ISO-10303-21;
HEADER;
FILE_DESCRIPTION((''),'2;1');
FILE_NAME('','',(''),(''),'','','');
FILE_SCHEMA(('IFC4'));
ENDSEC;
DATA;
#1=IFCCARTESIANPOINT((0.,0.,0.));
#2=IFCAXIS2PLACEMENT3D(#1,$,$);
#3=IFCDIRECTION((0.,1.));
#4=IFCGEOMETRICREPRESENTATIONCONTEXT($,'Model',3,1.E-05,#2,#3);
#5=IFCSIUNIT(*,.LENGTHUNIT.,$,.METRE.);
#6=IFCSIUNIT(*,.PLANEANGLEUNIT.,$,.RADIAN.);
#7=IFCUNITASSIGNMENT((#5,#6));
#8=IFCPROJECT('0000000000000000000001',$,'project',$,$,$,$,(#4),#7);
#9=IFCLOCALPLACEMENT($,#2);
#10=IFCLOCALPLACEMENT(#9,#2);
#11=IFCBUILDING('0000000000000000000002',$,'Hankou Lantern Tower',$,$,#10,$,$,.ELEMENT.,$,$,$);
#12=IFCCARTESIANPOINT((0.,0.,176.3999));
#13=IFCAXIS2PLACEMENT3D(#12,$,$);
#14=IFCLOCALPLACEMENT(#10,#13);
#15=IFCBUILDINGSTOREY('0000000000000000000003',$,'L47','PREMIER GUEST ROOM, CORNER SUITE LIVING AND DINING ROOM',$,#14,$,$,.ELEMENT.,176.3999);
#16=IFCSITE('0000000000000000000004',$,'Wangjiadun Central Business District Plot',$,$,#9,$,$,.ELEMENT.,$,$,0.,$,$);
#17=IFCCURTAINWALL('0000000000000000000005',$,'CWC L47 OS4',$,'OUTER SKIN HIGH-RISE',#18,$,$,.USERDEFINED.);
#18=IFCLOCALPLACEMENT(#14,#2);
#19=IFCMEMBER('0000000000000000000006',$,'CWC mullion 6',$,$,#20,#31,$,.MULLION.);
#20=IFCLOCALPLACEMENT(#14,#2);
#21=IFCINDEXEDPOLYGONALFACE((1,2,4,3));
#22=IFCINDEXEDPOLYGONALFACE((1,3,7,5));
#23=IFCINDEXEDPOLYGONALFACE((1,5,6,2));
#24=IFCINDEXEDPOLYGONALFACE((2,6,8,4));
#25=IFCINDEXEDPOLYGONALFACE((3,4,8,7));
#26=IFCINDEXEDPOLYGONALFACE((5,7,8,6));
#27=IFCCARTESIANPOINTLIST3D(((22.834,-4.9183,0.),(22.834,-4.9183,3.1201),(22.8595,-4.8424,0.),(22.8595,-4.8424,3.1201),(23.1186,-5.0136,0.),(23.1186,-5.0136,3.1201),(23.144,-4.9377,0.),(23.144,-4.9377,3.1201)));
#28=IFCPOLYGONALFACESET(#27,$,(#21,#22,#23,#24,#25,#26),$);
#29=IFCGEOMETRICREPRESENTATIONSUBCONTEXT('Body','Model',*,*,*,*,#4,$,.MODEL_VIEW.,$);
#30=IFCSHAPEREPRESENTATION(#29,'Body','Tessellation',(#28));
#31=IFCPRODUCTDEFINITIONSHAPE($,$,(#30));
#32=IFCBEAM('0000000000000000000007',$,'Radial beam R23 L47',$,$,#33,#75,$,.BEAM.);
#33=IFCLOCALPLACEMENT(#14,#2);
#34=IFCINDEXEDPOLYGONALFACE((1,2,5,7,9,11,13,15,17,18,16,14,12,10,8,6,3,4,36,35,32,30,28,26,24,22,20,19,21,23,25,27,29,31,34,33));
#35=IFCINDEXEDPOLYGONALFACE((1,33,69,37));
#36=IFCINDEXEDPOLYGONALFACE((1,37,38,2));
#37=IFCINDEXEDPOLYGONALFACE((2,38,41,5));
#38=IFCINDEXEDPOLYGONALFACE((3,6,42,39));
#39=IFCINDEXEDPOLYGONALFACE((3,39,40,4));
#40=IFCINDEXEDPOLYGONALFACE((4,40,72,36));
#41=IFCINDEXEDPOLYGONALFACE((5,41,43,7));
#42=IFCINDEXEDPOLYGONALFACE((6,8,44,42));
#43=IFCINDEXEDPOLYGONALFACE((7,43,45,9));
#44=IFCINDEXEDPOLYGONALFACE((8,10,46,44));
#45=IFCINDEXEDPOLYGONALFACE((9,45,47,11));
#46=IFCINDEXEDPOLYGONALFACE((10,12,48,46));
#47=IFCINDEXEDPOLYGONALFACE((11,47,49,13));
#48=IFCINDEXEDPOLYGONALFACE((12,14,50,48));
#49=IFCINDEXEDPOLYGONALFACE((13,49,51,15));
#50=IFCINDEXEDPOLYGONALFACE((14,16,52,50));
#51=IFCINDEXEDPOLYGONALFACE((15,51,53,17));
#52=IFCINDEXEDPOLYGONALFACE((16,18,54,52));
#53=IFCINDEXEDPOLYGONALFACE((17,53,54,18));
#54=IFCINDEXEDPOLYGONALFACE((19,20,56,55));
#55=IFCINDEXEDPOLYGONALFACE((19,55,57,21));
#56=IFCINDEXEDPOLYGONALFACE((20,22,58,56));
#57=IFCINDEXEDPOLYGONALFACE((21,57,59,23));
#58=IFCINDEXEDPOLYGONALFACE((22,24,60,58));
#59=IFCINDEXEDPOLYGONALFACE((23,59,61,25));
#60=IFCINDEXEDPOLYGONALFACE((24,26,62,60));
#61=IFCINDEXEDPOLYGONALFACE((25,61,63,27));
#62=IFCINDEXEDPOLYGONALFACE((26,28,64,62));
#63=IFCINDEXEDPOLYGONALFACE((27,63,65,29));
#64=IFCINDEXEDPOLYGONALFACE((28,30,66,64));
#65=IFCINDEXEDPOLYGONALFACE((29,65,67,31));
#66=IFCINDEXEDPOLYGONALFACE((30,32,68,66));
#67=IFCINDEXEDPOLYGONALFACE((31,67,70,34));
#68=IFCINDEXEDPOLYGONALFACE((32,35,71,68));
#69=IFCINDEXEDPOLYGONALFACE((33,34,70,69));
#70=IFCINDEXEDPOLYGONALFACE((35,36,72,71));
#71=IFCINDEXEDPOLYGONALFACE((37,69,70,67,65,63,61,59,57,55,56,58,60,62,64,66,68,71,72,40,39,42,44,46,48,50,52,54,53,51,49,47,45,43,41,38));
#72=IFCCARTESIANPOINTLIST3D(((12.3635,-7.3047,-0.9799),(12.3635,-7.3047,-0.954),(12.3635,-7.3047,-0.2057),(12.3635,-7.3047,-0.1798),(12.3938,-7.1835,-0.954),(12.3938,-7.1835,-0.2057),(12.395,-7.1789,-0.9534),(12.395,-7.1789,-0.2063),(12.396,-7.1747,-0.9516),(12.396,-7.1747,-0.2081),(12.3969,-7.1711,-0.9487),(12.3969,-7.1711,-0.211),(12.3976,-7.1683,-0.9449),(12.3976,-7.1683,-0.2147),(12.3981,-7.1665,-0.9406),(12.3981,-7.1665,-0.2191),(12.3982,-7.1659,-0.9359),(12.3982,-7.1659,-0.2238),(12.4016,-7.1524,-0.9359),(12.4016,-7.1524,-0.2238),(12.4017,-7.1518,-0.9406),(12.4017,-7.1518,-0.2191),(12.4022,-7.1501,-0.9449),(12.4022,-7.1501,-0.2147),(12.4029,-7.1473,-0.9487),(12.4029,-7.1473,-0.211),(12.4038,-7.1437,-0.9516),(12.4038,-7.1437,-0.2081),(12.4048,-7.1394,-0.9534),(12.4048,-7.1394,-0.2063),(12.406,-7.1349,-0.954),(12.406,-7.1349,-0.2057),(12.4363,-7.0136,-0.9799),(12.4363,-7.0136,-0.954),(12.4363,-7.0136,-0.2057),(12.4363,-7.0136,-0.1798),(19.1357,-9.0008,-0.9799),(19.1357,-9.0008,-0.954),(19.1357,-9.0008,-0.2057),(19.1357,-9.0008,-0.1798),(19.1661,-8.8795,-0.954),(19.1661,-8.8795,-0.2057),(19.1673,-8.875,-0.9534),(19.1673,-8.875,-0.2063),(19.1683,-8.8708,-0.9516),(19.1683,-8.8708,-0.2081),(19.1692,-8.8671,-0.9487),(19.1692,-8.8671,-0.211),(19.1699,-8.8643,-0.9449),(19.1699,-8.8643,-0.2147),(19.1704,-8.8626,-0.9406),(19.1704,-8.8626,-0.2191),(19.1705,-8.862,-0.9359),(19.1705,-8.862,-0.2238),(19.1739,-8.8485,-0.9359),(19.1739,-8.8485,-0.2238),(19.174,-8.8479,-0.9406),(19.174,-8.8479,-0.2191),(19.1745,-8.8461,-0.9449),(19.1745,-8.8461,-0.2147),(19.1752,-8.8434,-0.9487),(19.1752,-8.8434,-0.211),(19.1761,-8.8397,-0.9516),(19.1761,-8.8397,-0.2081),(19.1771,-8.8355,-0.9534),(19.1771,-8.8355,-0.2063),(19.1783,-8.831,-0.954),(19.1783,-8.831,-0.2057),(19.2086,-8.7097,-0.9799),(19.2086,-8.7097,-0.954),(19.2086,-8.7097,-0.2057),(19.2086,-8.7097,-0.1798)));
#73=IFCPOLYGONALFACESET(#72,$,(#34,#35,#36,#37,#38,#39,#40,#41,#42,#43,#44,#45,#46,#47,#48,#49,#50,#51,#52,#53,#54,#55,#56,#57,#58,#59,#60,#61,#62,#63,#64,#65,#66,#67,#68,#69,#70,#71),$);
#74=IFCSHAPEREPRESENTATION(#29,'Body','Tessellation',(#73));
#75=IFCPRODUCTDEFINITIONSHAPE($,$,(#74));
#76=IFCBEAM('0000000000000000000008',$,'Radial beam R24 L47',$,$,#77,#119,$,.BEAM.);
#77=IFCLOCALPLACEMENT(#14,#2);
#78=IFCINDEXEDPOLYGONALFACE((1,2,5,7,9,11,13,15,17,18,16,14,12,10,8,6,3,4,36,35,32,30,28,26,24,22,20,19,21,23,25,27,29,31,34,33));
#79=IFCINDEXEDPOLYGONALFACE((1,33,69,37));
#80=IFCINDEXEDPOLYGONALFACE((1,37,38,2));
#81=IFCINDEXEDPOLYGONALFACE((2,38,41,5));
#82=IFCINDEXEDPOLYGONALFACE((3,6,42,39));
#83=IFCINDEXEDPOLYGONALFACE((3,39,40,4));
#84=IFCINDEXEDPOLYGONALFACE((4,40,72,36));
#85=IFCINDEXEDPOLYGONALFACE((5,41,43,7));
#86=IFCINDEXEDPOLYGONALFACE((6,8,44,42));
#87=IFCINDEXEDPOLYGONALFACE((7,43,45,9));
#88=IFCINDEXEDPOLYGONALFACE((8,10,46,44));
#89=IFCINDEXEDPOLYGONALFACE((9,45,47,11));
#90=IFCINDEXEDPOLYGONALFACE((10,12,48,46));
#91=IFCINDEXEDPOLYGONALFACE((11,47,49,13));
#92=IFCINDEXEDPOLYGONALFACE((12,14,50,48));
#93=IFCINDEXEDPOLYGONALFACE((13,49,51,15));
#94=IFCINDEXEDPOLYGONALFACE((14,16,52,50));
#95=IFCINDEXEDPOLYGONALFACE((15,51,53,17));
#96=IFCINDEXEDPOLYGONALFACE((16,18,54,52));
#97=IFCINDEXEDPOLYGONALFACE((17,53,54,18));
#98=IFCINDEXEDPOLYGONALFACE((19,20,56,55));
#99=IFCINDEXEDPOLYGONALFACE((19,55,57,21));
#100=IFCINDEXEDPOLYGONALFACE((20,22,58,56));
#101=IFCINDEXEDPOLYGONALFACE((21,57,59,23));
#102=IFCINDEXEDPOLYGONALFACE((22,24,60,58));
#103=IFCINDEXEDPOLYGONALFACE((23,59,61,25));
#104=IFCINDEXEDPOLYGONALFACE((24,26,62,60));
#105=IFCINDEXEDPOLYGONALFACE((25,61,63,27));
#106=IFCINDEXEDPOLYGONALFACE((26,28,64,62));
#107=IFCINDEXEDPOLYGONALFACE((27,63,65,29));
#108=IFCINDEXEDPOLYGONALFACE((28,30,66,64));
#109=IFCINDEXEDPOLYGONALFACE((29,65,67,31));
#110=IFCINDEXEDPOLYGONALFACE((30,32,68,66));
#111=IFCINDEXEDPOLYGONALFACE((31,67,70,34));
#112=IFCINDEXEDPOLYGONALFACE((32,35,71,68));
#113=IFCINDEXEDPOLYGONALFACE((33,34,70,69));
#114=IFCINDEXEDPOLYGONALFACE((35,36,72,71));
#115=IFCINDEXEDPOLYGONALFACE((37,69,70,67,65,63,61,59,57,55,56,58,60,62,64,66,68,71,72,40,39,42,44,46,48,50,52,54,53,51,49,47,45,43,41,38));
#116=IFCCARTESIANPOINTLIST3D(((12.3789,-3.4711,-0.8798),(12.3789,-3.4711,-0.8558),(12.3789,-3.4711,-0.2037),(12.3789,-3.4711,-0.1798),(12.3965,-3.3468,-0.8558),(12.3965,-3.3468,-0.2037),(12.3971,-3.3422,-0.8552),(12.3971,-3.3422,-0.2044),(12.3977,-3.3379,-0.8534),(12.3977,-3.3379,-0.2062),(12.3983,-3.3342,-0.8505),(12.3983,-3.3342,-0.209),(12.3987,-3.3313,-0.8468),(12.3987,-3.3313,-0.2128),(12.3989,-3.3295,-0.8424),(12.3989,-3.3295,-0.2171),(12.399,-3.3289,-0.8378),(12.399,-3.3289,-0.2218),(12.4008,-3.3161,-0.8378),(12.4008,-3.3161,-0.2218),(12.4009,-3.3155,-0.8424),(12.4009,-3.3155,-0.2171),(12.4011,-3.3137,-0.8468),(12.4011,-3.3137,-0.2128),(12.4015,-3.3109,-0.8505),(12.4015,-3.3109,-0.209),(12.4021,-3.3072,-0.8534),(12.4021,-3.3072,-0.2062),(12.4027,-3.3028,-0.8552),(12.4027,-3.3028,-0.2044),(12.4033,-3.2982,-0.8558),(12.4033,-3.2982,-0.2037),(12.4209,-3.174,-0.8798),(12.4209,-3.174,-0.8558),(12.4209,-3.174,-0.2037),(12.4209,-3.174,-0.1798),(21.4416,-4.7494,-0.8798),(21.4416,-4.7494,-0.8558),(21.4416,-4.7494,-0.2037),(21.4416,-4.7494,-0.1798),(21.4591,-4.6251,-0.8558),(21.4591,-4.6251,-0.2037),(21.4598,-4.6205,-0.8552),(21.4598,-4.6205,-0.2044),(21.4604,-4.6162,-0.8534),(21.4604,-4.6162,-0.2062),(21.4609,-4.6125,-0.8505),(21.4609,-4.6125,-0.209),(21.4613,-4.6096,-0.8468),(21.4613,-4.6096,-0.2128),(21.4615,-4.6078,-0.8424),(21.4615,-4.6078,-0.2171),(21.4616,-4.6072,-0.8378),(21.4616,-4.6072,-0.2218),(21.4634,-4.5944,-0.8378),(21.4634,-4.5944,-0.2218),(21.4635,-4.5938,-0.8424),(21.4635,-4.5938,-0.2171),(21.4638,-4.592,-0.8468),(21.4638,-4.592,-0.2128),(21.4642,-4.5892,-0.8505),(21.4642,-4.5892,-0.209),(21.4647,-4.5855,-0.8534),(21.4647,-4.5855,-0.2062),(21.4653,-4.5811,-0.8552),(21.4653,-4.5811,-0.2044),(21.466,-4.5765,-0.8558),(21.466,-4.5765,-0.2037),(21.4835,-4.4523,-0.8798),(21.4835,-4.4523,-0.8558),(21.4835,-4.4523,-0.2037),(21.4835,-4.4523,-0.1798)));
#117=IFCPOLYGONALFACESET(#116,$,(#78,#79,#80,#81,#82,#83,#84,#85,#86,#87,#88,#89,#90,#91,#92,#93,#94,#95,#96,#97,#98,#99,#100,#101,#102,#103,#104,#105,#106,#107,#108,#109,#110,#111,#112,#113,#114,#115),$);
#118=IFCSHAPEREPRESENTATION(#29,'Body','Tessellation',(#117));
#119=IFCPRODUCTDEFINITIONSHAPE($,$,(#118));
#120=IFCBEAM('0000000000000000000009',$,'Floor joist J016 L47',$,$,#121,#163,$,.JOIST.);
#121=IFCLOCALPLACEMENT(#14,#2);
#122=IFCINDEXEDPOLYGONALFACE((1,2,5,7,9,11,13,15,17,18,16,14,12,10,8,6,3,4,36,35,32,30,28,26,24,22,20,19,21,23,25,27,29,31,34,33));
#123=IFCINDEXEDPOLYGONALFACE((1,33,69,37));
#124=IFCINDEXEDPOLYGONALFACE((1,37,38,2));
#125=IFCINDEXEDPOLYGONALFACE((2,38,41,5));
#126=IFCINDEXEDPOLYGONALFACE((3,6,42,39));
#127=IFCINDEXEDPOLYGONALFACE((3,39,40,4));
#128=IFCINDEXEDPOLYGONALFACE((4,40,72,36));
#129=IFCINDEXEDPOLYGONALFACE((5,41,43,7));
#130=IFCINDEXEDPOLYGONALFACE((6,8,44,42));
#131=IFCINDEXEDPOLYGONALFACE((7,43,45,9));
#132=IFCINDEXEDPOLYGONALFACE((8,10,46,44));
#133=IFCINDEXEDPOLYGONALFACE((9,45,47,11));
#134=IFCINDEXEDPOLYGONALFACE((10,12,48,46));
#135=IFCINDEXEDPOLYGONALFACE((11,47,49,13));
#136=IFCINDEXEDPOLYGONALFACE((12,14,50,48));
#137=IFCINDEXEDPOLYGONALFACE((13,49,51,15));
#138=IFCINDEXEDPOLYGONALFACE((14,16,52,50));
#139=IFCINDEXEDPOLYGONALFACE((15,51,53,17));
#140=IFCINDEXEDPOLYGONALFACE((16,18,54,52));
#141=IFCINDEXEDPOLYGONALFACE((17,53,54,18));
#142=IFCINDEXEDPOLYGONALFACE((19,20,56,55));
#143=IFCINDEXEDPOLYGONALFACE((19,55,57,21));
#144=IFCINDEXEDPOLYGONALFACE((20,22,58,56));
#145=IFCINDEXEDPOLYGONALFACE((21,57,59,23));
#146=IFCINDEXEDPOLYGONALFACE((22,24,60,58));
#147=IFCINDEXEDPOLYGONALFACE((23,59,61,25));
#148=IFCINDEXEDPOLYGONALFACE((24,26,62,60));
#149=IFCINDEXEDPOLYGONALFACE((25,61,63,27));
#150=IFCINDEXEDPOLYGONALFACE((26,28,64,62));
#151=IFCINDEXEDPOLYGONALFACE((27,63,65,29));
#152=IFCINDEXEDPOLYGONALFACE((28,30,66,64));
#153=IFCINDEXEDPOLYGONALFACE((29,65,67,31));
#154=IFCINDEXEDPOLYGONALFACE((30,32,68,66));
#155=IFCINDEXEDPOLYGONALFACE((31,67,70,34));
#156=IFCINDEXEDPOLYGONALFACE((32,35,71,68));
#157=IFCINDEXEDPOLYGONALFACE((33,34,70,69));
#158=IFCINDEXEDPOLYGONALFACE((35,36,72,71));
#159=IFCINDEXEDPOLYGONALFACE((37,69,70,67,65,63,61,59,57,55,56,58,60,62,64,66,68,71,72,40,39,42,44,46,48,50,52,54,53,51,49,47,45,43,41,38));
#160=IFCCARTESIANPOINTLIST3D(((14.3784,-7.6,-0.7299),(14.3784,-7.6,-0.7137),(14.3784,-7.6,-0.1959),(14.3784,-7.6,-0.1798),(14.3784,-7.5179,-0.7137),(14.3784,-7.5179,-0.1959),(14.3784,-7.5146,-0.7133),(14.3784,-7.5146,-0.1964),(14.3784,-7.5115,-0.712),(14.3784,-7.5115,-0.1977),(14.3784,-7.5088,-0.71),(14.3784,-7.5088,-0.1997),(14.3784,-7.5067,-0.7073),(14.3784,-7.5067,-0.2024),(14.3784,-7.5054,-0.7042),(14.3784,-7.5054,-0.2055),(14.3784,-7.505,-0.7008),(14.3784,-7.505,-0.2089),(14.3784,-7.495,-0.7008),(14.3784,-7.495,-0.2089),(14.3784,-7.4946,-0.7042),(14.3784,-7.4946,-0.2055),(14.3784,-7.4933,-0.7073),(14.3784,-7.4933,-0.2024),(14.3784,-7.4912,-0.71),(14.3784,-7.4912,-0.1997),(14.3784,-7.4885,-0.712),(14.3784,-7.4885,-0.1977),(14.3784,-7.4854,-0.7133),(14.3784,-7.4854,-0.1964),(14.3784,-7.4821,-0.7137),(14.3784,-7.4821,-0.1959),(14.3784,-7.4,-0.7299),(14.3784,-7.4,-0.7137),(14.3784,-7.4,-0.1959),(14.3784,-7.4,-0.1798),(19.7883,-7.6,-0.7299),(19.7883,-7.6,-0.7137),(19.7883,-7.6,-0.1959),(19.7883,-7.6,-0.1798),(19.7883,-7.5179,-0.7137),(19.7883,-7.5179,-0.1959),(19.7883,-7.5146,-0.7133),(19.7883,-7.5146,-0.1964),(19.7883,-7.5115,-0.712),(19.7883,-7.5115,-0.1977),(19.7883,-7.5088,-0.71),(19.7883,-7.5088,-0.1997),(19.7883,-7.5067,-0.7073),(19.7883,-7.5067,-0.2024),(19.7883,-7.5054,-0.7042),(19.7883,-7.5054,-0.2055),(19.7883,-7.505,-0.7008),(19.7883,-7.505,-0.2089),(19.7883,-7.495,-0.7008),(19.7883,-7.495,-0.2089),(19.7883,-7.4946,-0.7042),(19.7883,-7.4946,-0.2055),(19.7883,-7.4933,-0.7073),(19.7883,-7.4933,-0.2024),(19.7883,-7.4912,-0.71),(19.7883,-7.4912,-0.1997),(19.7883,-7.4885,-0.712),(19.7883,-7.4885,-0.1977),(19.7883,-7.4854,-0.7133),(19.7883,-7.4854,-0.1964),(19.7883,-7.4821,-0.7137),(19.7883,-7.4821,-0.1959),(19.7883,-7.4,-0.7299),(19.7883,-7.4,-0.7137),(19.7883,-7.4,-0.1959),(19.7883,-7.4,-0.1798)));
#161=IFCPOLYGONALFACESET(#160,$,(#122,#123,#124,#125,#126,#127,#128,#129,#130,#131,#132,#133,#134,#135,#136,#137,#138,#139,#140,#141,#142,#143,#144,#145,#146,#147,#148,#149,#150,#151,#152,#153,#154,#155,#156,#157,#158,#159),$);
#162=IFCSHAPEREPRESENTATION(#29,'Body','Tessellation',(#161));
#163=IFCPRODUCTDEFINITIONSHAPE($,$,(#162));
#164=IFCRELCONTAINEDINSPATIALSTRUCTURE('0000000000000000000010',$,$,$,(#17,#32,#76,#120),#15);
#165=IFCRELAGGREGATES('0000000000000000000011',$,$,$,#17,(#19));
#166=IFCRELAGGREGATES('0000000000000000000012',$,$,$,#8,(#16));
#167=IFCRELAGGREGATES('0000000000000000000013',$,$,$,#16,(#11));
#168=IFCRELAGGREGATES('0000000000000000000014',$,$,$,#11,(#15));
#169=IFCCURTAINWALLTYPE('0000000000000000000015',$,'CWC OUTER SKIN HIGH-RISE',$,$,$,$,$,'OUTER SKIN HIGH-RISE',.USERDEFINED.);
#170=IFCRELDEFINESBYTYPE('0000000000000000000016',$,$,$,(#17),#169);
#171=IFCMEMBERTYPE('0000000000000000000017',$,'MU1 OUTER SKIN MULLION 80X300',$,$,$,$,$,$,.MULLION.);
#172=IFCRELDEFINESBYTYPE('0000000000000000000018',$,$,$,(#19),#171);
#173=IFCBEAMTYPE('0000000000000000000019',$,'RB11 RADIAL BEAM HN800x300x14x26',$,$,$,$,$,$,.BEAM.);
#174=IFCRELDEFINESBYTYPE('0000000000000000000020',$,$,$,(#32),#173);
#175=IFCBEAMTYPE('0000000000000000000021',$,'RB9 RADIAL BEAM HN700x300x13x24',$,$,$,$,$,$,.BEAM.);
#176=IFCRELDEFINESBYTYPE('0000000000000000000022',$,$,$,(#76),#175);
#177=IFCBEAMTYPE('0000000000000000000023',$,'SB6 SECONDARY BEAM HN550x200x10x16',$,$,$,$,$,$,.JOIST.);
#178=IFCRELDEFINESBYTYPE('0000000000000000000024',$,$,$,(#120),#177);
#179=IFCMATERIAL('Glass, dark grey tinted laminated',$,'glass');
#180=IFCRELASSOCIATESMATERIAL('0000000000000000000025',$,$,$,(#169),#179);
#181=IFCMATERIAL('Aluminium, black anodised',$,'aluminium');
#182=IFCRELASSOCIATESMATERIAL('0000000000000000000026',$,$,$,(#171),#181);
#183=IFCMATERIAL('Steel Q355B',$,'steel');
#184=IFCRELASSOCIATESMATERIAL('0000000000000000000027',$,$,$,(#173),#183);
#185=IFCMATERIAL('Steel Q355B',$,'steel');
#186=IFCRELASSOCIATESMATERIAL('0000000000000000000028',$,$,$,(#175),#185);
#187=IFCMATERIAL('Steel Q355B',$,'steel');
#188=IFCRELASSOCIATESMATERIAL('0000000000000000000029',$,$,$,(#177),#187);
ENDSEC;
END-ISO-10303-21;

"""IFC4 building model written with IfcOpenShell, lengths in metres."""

from ifc_helpers import new_model, si_unit, direction, frame, origin, origin_2d, place, context, subcontext, project, spatial, rectangle, i_section, extrude, material, material_profile, profile_set, type_object, element, aggregate, save


model = new_model("IFC4")

# Units and contexts
model_context = context("Model", 3, precision=1e-05, world=origin(), true_north=direction((0.0, 1.0)))
body_context = subcontext(model_context, "Body", "Model", "MODEL_VIEW")
ifc_project = project(units=[si_unit("LENGTHUNIT", "METRE"), si_unit("PLANEANGLEUNIT", "RADIAN")], contexts=[model_context])

# Site, building, storey
site_placement = place(None, origin())
site = spatial("IfcSite", under=ifc_project, at=site_placement, Name="Wangjiadun Central Business District Plot", CompositionType="ELEMENT", RefElevation=0.0)
building_placement = place(site_placement, origin())
building = spatial("IfcBuilding", under=site, at=building_placement, Name="Hankou Lantern Tower", CompositionType="ELEMENT")
storey_placement = place(building_placement, frame((0.0, 0.0, 176.3999)))
storey = spatial("IfcBuildingStorey", under=building, at=storey_placement, Name="L47", Description="PREMIER GUEST ROOM, CORNER SUITE LIVING AND DINING ROOM", CompositionType="ELEMENT", Elevation=176.3999)

# Curtain wall, member
ifc_material_1 = material(Name="Glass, dark grey tinted laminated", Category="glass")
curtain_wall_type = type_object("IfcCurtainWallType", Name="CWC OUTER SKIN HIGH-RISE", ElementType="OUTER SKIN HIGH-RISE", PredefinedType="USERDEFINED", material=ifc_material_1)
curtain_wall_placement = place(storey_placement, origin())
curtain_wall = element("IfcCurtainWall", 1, at=curtain_wall_placement, inside=storey, type_object=curtain_wall_type, Name="CWC L47 OS4", ObjectType="OUTER SKIN HIGH-RISE", PredefinedType="USERDEFINED")
ifc_material_2 = material(Name="Aluminium, black anodised", Category="aluminium")
ifc_material_profile_1 = material_profile(ifc_material_2, rectangle(XDim=0.0801, YDim=0.3, at=origin_2d()), Name="MU1 80X300")
ifc_profile_set_1 = profile_set([ifc_material_profile_1], Name="Aluminium, black anodised")
member_type_1 = type_object("IfcMemberType", Name="MU1 OUTER SKIN MULLION 80X300", PredefinedType="MULLION", material=ifc_profile_set_1)
member_1_placement = place(storey_placement, frame((22.989, -4.928, 0.0), z_axis=(0.0, 0.0, 1.0), x_axis=(0.317596, 0.948226, 0.0)))
member_1 = element("IfcMember", 2, at=member_1_placement, type_object=member_type_1, Name="CWC mullion 6", PredefinedType="MULLION", context=body_context, shape_type="SweptSolid", body=[
    extrude(rectangle(XDim=0.0801, YDim=0.3, at=origin_2d()), origin(), (0.0, 0.0, 1.0), 3.1201),
])

# Beams
ifc_material_3 = material(Name="Steel Q355B", Category="steel")
ifc_material_profile_2 = material_profile(ifc_material_3, i_section(OverallWidth=0.3, OverallDepth=0.8, WebThickness=0.0139, FlangeThickness=0.0259, FilletRadius=0.0181, at=origin_2d()), Name="HN800x300x14x26")
ifc_profile_set_2 = profile_set([ifc_material_profile_2], Name="Steel Q355B")
beam_type_1 = type_object("IfcBeamType", Name="RB11 RADIAL BEAM HN800x300x14x26", PredefinedType="BEAM", material=ifc_profile_set_2)
beam_1_placement = place(storey_placement, frame((12.3999, -7.1592, -0.5798), z_axis=(0.970042, -0.242939, 0.0), x_axis=(0.242939, 0.970042, 0.0)))
element("IfcBeam", 3, at=beam_1_placement, inside=storey, type_object=beam_type_1, Name="Radial beam R23 L47", PredefinedType="BEAM", context=body_context, shape_type="SweptSolid", body=[
    extrude(i_section(OverallWidth=0.3, OverallDepth=0.8, WebThickness=0.0139, FlangeThickness=0.0259, FilletRadius=0.0181, at=origin_2d()), origin(), (0.0, 0.0, 1.0), 6.9814),
])
ifc_material_4 = material(Name="Steel Q355B", Category="steel")
ifc_material_profile_3 = material_profile(ifc_material_4, i_section(OverallWidth=0.3, OverallDepth=0.7, WebThickness=0.0129, FlangeThickness=0.0239, FilletRadius=0.0181, at=origin_2d()), Name="HN700x300x13x24")
ifc_profile_set_3 = profile_set([ifc_material_profile_3], Name="Steel Q355B")
beam_type_2 = type_object("IfcBeamType", Name="RB9 RADIAL BEAM HN700x300x13x24", PredefinedType="BEAM", material=ifc_profile_set_3)
beam_2_placement = place(storey_placement, frame((12.3999, -3.3225, -0.5298), z_axis=(0.990198, -0.13967, 0.0), x_axis=(0.13967, 0.990198, 0.0)))
element("IfcBeam", 4, at=beam_2_placement, inside=storey, type_object=beam_type_2, Name="Radial beam R24 L47", PredefinedType="BEAM", context=body_context, shape_type="SweptSolid", body=[
    extrude(i_section(OverallWidth=0.3, OverallDepth=0.7, WebThickness=0.0129, FlangeThickness=0.0239, FilletRadius=0.0181, at=origin_2d()), origin(), (0.0, 0.0, 1.0), 9.1523),
])
ifc_material_5 = material(Name="Steel Q355B", Category="steel")
ifc_material_profile_4 = material_profile(ifc_material_5, i_section(OverallWidth=0.2, OverallDepth=0.55, WebThickness=0.01, FlangeThickness=0.0161, FilletRadius=0.0129, at=origin_2d()), Name="HN550x200x10x16")
ifc_profile_set_4 = profile_set([ifc_material_profile_4], Name="Steel Q355B")
beam_type_3 = type_object("IfcBeamType", Name="SB6 SECONDARY BEAM HN550x200x10x16", PredefinedType="JOIST", material=ifc_profile_set_4)
beam_3_placement = place(storey_placement, frame((14.3784, -7.5, -0.4548), z_axis=(1.0, 0.0, 0.0), x_axis=(0.0, 1.0, 0.0)))
element("IfcBeam", 5, at=beam_3_placement, inside=storey, type_object=beam_type_3, Name="Floor joist J016 L47", PredefinedType="JOIST", context=body_context, shape_type="SweptSolid", body=[
    extrude(i_section(OverallWidth=0.2, OverallDepth=0.55, WebThickness=0.01, FlangeThickness=0.0161, FilletRadius=0.0129, at=origin_2d()), origin(), (0.0, 0.0, 1.0), 5.4099),
])

aggregate(curtain_wall, [member_1])

save(model, "model.ifc")
